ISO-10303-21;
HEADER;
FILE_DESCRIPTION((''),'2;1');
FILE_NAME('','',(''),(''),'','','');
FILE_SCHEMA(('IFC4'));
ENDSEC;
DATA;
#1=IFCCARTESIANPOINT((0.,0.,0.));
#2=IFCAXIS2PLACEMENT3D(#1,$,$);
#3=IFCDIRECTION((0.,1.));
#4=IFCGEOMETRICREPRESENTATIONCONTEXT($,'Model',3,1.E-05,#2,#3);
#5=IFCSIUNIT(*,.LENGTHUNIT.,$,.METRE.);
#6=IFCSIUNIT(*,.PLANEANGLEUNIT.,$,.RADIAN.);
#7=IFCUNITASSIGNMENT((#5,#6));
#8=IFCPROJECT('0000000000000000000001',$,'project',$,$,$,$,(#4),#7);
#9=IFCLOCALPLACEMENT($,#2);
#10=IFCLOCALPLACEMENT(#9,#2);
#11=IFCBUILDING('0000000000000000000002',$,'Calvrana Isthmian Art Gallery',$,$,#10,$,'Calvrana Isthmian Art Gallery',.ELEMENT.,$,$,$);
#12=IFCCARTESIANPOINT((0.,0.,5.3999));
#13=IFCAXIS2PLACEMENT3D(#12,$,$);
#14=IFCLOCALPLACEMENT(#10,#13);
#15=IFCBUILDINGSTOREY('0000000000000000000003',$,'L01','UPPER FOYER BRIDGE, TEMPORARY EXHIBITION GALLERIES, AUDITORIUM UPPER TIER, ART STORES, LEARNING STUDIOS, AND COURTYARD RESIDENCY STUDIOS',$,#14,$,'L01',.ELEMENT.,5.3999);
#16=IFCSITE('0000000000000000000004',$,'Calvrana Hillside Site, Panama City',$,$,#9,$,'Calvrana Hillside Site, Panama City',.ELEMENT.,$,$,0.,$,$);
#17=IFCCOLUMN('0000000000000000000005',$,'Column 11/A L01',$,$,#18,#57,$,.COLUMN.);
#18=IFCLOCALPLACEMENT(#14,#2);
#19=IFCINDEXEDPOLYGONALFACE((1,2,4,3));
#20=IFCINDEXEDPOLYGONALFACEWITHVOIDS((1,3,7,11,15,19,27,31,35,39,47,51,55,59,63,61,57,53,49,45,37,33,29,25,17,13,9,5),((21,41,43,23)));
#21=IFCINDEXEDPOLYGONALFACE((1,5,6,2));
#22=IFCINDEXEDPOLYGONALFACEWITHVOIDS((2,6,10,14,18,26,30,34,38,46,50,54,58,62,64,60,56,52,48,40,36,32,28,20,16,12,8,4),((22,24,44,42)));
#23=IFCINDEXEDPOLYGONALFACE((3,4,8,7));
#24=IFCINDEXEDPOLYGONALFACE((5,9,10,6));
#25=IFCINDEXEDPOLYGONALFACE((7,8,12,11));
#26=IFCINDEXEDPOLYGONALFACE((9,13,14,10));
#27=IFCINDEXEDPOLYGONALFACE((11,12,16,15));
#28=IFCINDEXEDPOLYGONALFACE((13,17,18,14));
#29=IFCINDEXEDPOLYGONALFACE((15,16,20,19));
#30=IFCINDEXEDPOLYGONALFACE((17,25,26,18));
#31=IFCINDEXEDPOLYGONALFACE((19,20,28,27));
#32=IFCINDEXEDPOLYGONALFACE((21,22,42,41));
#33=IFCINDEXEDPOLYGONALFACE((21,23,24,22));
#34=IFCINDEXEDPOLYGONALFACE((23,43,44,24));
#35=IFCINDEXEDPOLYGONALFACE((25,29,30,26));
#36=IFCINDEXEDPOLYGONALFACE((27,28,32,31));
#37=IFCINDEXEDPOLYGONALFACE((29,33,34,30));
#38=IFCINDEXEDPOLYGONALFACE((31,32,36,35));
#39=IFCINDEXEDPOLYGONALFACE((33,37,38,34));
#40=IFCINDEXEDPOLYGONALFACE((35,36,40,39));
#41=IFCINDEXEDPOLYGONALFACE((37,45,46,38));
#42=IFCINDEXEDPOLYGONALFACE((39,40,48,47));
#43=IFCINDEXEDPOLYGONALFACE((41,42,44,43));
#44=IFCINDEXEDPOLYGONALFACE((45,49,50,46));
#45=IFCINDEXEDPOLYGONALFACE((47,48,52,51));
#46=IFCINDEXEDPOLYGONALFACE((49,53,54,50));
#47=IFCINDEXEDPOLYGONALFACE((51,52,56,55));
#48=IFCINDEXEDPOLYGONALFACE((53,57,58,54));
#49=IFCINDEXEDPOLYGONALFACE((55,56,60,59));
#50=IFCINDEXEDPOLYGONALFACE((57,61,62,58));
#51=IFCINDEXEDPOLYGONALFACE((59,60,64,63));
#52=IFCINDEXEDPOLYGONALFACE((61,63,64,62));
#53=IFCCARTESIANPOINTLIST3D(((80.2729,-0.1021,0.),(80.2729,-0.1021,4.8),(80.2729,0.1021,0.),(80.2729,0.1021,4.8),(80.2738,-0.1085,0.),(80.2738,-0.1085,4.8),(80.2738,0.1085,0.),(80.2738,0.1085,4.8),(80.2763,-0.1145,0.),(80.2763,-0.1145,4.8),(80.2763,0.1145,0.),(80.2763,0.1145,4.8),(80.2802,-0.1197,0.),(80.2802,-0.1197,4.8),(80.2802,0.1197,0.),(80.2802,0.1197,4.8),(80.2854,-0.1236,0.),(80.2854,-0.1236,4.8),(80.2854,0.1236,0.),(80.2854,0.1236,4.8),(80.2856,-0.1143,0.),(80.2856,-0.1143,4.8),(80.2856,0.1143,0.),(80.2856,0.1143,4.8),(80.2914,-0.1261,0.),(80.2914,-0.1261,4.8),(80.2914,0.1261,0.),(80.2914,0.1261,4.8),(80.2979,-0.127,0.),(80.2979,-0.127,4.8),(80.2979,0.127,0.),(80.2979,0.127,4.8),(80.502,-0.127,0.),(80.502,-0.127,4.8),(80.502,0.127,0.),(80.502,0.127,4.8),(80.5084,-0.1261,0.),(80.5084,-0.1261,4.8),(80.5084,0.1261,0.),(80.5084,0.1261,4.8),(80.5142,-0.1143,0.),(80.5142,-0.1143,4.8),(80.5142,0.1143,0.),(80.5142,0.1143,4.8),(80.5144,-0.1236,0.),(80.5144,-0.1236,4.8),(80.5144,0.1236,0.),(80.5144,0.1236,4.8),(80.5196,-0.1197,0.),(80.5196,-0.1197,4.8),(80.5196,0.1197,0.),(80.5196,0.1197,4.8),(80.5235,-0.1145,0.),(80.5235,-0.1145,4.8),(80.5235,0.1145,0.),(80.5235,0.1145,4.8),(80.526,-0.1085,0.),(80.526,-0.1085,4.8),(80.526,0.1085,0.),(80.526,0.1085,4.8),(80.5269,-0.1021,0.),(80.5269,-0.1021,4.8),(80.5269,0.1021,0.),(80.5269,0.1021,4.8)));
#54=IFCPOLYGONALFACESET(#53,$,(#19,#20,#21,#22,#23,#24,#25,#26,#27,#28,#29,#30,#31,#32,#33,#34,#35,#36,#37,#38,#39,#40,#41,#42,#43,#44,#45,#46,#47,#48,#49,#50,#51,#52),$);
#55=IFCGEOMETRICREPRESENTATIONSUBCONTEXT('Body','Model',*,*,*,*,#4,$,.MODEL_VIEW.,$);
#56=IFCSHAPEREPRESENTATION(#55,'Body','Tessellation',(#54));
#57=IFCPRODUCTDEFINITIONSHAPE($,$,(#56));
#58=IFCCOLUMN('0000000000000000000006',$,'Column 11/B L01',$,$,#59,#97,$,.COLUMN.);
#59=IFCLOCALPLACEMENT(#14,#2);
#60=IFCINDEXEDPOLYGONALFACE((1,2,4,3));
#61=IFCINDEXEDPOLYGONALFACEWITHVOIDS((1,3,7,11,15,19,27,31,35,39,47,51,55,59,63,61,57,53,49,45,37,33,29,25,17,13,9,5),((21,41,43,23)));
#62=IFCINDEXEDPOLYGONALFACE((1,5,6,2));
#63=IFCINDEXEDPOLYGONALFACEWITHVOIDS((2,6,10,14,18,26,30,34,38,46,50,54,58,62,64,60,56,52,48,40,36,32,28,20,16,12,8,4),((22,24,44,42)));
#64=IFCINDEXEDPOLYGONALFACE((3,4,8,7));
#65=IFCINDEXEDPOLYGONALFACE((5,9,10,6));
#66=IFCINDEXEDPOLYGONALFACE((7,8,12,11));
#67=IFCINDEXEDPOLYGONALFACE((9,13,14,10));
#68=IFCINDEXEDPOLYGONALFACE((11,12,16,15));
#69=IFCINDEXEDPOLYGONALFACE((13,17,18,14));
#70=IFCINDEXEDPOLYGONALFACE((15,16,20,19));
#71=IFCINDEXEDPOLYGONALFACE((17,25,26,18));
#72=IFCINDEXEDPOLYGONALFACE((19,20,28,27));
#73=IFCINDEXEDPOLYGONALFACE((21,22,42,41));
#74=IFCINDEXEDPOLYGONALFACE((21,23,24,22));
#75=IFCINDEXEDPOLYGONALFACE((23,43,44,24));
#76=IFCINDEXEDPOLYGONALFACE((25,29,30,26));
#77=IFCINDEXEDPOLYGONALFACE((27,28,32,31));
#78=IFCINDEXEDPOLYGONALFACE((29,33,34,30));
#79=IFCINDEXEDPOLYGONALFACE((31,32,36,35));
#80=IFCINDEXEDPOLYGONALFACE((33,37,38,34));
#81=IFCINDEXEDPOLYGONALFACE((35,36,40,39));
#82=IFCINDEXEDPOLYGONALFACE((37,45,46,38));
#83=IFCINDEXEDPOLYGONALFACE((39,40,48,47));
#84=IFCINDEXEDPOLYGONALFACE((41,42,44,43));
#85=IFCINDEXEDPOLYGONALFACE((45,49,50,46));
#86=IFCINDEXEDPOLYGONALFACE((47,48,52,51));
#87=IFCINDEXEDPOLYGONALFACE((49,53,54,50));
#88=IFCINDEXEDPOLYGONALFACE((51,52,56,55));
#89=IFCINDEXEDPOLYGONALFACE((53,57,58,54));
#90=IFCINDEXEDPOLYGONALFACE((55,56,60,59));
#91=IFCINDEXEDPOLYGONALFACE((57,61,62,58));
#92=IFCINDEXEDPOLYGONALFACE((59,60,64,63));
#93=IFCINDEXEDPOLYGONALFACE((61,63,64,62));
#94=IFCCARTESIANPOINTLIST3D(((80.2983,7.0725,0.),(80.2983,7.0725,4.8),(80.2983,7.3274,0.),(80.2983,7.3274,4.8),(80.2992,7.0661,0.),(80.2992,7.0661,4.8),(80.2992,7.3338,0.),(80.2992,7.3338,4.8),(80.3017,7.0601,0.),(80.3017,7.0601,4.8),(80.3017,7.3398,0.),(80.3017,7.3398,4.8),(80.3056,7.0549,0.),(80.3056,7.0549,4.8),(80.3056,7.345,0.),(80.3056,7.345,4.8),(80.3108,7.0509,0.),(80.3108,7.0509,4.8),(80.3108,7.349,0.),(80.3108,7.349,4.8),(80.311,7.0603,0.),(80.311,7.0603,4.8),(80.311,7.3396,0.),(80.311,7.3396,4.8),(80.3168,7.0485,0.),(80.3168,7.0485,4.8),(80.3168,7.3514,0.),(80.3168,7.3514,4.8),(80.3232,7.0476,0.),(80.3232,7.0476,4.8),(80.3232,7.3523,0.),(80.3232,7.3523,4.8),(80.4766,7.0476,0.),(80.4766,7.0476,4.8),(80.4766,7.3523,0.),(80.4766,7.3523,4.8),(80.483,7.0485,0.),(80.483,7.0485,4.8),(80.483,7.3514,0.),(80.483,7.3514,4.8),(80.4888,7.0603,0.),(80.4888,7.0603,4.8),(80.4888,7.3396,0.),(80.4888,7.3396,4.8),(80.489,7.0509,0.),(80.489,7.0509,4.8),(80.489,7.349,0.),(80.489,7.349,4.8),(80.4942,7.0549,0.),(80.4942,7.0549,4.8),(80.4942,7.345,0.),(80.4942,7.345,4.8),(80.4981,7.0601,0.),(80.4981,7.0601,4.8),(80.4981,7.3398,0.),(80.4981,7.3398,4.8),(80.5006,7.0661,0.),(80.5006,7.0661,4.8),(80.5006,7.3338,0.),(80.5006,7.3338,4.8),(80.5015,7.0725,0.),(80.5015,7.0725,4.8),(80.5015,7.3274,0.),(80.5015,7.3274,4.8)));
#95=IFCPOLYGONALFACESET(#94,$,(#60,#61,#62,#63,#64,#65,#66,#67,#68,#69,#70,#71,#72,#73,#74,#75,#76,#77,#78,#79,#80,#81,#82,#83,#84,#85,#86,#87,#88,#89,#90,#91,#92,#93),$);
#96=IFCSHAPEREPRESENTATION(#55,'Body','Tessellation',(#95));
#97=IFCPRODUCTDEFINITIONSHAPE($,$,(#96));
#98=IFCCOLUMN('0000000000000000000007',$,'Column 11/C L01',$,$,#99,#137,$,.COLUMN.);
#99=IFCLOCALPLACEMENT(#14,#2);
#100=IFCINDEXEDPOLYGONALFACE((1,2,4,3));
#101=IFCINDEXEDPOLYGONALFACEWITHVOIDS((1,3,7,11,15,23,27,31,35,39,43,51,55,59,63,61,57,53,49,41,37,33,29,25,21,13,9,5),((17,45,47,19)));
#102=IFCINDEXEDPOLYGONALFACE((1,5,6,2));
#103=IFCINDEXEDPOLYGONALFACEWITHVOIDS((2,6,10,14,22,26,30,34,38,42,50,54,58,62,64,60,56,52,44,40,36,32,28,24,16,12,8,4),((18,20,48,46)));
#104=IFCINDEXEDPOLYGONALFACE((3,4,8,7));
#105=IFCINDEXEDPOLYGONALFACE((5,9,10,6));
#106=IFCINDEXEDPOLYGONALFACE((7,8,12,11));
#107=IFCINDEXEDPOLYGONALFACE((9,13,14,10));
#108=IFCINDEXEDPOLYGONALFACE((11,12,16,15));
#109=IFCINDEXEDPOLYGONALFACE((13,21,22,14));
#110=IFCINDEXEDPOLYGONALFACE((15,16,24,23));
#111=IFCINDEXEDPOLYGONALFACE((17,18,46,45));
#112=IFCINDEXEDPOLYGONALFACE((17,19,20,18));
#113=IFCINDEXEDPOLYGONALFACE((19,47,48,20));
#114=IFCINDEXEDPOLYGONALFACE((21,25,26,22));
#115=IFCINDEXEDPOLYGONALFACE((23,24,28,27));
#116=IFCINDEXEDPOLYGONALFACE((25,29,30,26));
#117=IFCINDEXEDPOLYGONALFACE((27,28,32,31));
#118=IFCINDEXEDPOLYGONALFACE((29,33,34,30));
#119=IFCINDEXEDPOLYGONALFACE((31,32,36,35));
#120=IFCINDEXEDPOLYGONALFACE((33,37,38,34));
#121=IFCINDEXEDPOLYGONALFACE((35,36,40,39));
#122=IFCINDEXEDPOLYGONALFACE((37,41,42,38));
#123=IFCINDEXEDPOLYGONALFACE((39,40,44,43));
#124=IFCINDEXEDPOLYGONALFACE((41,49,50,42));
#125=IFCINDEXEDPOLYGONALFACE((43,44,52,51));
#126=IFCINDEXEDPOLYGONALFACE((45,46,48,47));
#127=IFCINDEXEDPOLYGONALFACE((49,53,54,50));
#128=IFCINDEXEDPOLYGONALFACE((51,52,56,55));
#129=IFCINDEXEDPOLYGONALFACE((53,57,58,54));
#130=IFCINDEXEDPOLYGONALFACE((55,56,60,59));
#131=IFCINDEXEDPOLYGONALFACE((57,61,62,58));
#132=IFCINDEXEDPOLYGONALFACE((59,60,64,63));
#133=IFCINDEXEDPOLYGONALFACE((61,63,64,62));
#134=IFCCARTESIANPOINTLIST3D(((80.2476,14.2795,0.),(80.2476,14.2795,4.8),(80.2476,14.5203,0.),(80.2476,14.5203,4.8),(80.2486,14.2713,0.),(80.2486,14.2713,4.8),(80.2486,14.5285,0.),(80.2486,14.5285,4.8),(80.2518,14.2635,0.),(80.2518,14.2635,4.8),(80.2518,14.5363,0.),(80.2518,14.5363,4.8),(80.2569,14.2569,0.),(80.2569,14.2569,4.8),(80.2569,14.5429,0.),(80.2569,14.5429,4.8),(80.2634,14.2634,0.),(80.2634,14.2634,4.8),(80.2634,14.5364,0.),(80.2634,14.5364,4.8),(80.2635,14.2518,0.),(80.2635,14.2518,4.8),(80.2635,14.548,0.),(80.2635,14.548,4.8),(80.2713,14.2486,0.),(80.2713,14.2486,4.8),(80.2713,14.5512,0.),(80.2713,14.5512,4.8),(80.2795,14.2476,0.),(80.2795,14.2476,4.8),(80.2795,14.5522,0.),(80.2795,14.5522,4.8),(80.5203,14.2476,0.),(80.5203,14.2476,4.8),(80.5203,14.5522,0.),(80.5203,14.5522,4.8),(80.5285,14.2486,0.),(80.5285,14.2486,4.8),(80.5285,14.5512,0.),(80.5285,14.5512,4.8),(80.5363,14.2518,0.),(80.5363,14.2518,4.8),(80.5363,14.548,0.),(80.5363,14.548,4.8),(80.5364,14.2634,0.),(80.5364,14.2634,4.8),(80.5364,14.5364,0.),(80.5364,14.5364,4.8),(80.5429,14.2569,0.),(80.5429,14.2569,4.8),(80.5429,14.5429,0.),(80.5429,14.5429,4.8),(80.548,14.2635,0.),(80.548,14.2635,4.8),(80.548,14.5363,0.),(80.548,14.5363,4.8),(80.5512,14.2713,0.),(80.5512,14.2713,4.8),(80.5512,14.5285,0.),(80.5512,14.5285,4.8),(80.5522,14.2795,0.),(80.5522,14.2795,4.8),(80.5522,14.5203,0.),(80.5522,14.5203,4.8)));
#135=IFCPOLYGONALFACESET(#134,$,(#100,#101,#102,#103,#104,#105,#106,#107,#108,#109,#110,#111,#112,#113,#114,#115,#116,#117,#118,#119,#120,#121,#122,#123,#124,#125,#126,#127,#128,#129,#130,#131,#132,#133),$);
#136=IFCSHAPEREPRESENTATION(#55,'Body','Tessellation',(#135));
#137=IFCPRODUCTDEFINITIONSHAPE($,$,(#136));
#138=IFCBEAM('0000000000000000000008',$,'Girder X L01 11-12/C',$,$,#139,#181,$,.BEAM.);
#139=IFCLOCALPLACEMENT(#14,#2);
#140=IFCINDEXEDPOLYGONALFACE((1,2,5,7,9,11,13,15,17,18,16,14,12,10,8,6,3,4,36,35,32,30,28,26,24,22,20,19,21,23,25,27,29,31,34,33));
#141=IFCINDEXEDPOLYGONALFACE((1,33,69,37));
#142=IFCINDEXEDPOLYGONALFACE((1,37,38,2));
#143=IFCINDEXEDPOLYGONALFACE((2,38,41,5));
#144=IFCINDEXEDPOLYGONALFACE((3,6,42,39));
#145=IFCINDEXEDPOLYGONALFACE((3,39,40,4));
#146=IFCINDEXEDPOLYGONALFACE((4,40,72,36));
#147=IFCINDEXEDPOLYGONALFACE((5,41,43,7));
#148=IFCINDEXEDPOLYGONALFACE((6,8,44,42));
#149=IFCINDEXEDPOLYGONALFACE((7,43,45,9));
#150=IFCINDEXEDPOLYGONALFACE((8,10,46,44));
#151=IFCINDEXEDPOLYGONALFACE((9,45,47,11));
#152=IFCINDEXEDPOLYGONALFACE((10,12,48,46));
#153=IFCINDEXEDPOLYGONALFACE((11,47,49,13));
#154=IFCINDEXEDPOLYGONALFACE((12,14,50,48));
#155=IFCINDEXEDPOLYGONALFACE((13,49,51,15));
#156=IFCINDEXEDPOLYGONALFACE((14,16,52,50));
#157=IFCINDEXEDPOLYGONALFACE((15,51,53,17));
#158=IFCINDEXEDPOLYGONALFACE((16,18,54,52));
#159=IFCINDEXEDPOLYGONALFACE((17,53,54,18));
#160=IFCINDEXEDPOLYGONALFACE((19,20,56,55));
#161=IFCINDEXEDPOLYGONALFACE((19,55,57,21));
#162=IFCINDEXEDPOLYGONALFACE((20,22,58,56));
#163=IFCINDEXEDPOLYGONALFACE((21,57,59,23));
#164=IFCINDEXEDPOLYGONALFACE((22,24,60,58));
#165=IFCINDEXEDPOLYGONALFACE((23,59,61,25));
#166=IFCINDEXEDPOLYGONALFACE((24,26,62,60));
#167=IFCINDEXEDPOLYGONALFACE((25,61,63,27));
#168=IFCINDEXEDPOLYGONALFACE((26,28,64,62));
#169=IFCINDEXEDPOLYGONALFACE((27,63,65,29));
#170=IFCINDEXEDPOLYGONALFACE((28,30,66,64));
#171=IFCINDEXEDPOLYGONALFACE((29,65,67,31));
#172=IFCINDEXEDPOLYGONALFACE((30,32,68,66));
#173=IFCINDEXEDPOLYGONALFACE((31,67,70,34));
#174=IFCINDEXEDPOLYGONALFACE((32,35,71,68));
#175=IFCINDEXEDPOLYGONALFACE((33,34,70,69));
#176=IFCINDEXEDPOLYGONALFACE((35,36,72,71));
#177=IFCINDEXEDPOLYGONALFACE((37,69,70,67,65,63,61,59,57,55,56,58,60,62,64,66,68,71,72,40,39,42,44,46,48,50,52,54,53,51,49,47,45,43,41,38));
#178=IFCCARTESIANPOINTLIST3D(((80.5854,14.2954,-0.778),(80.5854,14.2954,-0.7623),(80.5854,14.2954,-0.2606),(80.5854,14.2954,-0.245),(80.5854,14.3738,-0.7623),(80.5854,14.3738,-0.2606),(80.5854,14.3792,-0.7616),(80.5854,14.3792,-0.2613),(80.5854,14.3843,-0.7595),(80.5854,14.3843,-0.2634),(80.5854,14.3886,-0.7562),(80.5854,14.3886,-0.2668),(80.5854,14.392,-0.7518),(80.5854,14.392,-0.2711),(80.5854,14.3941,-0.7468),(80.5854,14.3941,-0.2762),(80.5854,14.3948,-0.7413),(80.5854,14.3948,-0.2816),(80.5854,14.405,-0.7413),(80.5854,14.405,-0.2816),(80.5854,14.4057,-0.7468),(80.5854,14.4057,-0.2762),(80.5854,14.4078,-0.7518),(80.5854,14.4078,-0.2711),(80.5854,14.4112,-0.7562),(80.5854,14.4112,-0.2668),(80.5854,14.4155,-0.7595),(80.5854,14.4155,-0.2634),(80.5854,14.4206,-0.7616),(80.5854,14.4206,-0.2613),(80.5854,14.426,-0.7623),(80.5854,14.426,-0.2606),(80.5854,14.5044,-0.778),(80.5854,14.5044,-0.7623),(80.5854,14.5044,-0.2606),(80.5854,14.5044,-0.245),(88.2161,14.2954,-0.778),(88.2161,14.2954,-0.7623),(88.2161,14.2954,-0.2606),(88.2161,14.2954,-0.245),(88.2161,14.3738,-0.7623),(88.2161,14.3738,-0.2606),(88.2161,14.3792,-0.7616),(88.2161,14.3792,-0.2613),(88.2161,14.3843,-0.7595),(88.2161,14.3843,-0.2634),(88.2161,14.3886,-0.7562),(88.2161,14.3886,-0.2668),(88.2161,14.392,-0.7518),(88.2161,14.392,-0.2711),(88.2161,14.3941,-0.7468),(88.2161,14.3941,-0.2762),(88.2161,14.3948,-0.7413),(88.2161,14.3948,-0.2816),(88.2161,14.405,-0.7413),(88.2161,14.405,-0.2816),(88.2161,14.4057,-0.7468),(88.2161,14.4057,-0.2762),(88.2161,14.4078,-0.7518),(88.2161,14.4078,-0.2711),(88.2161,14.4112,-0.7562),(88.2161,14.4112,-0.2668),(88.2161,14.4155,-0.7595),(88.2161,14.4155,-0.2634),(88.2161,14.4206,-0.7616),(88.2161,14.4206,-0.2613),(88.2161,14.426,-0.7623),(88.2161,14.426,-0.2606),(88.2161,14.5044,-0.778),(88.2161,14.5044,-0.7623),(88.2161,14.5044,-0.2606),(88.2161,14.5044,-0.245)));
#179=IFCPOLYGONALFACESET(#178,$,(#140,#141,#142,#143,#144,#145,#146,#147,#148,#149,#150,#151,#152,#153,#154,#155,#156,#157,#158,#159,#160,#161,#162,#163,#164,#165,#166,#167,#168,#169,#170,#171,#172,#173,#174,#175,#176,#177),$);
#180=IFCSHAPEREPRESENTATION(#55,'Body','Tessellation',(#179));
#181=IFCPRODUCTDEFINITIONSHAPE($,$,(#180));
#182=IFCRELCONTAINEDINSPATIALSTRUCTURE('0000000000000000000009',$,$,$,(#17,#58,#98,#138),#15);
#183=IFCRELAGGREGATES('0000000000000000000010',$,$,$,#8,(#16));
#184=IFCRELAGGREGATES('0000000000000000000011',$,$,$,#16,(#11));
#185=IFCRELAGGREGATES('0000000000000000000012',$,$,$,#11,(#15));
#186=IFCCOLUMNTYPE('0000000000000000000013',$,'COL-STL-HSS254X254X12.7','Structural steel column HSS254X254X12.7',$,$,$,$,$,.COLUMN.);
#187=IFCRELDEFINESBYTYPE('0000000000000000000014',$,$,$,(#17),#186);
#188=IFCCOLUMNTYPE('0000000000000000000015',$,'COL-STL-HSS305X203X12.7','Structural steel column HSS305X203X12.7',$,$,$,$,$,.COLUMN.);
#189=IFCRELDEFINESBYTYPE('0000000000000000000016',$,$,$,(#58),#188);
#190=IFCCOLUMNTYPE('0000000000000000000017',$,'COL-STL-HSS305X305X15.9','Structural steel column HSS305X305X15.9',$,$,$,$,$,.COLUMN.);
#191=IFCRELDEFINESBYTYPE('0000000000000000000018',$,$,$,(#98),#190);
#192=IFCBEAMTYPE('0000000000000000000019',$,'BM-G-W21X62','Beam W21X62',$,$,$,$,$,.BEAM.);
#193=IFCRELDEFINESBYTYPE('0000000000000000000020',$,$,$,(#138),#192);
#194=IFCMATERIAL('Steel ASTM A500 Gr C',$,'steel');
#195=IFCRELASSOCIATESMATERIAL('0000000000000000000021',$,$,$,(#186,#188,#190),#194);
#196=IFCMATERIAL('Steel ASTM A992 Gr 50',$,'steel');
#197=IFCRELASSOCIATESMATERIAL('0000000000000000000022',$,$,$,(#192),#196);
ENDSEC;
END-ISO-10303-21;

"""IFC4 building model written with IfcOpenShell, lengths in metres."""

from ifc_helpers import new_model, si_unit, direction, frame, origin, origin_2d, place, context, subcontext, project, spatial, hollow_rectangle, i_section, extrude, material, material_profile, profile_set, type_object, element, save


model = new_model("IFC4")

# Units and contexts
model_context = context("Model", 3, precision=1e-05, world=origin(), true_north=direction((0.0, 1.0)))
body_context = subcontext(model_context, "Body", "Model", "MODEL_VIEW")
ifc_project = project(units=[si_unit("LENGTHUNIT", "METRE"), si_unit("PLANEANGLEUNIT", "RADIAN")], contexts=[model_context])

# Site, building, storey
site_placement = place(None, origin())
site = spatial("IfcSite", under=ifc_project, at=site_placement, Name="Calvrana Hillside Site, Panama City", LongName="Calvrana Hillside Site, Panama City", CompositionType="ELEMENT", RefElevation=0.0)
building_placement = place(site_placement, origin())
building = spatial("IfcBuilding", under=site, at=building_placement, Name="Calvrana Isthmian Art Gallery", LongName="Calvrana Isthmian Art Gallery", CompositionType="ELEMENT")
storey_placement = place(building_placement, frame((0.0, 0.0, 5.3999)))
storey = spatial("IfcBuildingStorey", under=building, at=storey_placement, Name="L01", Description="UPPER FOYER BRIDGE, TEMPORARY EXHIBITION GALLERIES, AUDITORIUM UPPER TIER, ART STORES, LEARNING STUDIOS, AND COURTYARD RESIDENCY STUDIOS", LongName="L01", CompositionType="ELEMENT", Elevation=5.3999)

# Columns
ifc_material_1 = material(Name="Steel ASTM A500 Gr C", Category="steel")
ifc_material_profile_1 = material_profile(ifc_material_1, hollow_rectangle(XDim=0.2539, YDim=0.2539, WallThickness=0.0127, OuterFilletRadius=0.0249, at=origin_2d()), Name="HSS254X254X12.7")
ifc_profile_set_1 = profile_set([ifc_material_profile_1], Name="Steel ASTM A500 Gr C")
column_type_1 = type_object("IfcColumnType", Name="COL-STL-HSS254X254X12.7", Description="Structural steel column HSS254X254X12.7", PredefinedType="COLUMN", material=ifc_profile_set_1)
column_1_placement = place(storey_placement, frame((80.3999, 0.0, 0.0), z_axis=(0.0, 0.0, 1.0), x_axis=(1.0, 0.0, 0.0)))
element("IfcColumn", 1, at=column_1_placement, inside=storey, type_object=column_type_1, Name="Column 11/A L01", PredefinedType="COLUMN", context=body_context, shape_type="SweptSolid", body=[
    extrude(hollow_rectangle(XDim=0.2539, YDim=0.2539, WallThickness=0.0127, OuterFilletRadius=0.0249, at=origin_2d()), origin(), (0.0, 0.0, 1.0), 4.8),
])
ifc_material_profile_2 = material_profile(ifc_material_1, hollow_rectangle(XDim=0.2031, YDim=0.3047, WallThickness=0.0127, OuterFilletRadius=0.0249, at=origin_2d()), Name="HSS305X203X12.7")
ifc_profile_set_2 = profile_set([ifc_material_profile_2], Name="Steel ASTM A500 Gr C")
column_type_2 = type_object("IfcColumnType", Name="COL-STL-HSS305X203X12.7", Description="Structural steel column HSS305X203X12.7", PredefinedType="COLUMN", material=ifc_profile_set_2)
column_2_placement = place(storey_placement, frame((80.3999, 7.2, 0.0), z_axis=(0.0, 0.0, 1.0), x_axis=(1.0, 0.0, 0.0)))
element("IfcColumn", 2, at=column_2_placement, inside=storey, type_object=column_type_2, Name="Column 11/B L01", PredefinedType="COLUMN", context=body_context, shape_type="SweptSolid", body=[
    extrude(hollow_rectangle(XDim=0.2031, YDim=0.3047, WallThickness=0.0127, OuterFilletRadius=0.0249, at=origin_2d()), origin(), (0.0, 0.0, 1.0), 4.8),
])
ifc_material_profile_3 = material_profile(ifc_material_1, hollow_rectangle(XDim=0.3047, YDim=0.3047, WallThickness=0.0159, OuterFilletRadius=0.032, at=origin_2d()), Name="HSS305X305X15.9")
ifc_profile_set_3 = profile_set([ifc_material_profile_3], Name="Steel ASTM A500 Gr C")
column_type_3 = type_object("IfcColumnType", Name="COL-STL-HSS305X305X15.9", Description="Structural steel column HSS305X305X15.9", PredefinedType="COLUMN", material=ifc_profile_set_3)
column_3_placement = place(storey_placement, frame((80.3999, 14.3999, 0.0), z_axis=(0.0, 0.0, 1.0), x_axis=(1.0, 0.0, 0.0)))
element("IfcColumn", 3, at=column_3_placement, inside=storey, type_object=column_type_3, Name="Column 11/C L01", PredefinedType="COLUMN", context=body_context, shape_type="SweptSolid", body=[
    extrude(hollow_rectangle(XDim=0.3047, YDim=0.3047, WallThickness=0.0159, OuterFilletRadius=0.032, at=origin_2d()), origin(), (0.0, 0.0, 1.0), 4.8),
])

# Beam
ifc_material_2 = material(Name="Steel ASTM A992 Gr 50", Category="steel")
ifc_material_profile_4 = material_profile(ifc_material_2, i_section(OverallWidth=0.209, OverallDepth=0.533, WebThickness=0.0103, FlangeThickness=0.0156, FilletRadius=0.021, at=origin_2d()), Name="W21X62")
ifc_profile_set_4 = profile_set([ifc_material_profile_4], Name="Steel ASTM A992 Gr 50")
beam_type_1 = type_object("IfcBeamType", Name="BM-G-W21X62", Description="Beam W21X62", PredefinedType="BEAM", material=ifc_profile_set_4)
beam_1_placement = place(storey_placement, frame((80.5854, 14.3999, -0.5115), z_axis=(1.0, 0.0, 0.0), x_axis=(0.0, 1.0, 0.0)))
element("IfcBeam", 4, at=beam_1_placement, inside=storey, type_object=beam_type_1, Name="Girder X L01 11-12/C", PredefinedType="BEAM", context=body_context, shape_type="SweptSolid", body=[
    extrude(i_section(OverallWidth=0.209, OverallDepth=0.533, WebThickness=0.0103, FlangeThickness=0.0156, FilletRadius=0.021, at=origin_2d()), origin(), (0.0, 0.0, 1.0), 7.6306),
])

save(model, "model.ifc")
